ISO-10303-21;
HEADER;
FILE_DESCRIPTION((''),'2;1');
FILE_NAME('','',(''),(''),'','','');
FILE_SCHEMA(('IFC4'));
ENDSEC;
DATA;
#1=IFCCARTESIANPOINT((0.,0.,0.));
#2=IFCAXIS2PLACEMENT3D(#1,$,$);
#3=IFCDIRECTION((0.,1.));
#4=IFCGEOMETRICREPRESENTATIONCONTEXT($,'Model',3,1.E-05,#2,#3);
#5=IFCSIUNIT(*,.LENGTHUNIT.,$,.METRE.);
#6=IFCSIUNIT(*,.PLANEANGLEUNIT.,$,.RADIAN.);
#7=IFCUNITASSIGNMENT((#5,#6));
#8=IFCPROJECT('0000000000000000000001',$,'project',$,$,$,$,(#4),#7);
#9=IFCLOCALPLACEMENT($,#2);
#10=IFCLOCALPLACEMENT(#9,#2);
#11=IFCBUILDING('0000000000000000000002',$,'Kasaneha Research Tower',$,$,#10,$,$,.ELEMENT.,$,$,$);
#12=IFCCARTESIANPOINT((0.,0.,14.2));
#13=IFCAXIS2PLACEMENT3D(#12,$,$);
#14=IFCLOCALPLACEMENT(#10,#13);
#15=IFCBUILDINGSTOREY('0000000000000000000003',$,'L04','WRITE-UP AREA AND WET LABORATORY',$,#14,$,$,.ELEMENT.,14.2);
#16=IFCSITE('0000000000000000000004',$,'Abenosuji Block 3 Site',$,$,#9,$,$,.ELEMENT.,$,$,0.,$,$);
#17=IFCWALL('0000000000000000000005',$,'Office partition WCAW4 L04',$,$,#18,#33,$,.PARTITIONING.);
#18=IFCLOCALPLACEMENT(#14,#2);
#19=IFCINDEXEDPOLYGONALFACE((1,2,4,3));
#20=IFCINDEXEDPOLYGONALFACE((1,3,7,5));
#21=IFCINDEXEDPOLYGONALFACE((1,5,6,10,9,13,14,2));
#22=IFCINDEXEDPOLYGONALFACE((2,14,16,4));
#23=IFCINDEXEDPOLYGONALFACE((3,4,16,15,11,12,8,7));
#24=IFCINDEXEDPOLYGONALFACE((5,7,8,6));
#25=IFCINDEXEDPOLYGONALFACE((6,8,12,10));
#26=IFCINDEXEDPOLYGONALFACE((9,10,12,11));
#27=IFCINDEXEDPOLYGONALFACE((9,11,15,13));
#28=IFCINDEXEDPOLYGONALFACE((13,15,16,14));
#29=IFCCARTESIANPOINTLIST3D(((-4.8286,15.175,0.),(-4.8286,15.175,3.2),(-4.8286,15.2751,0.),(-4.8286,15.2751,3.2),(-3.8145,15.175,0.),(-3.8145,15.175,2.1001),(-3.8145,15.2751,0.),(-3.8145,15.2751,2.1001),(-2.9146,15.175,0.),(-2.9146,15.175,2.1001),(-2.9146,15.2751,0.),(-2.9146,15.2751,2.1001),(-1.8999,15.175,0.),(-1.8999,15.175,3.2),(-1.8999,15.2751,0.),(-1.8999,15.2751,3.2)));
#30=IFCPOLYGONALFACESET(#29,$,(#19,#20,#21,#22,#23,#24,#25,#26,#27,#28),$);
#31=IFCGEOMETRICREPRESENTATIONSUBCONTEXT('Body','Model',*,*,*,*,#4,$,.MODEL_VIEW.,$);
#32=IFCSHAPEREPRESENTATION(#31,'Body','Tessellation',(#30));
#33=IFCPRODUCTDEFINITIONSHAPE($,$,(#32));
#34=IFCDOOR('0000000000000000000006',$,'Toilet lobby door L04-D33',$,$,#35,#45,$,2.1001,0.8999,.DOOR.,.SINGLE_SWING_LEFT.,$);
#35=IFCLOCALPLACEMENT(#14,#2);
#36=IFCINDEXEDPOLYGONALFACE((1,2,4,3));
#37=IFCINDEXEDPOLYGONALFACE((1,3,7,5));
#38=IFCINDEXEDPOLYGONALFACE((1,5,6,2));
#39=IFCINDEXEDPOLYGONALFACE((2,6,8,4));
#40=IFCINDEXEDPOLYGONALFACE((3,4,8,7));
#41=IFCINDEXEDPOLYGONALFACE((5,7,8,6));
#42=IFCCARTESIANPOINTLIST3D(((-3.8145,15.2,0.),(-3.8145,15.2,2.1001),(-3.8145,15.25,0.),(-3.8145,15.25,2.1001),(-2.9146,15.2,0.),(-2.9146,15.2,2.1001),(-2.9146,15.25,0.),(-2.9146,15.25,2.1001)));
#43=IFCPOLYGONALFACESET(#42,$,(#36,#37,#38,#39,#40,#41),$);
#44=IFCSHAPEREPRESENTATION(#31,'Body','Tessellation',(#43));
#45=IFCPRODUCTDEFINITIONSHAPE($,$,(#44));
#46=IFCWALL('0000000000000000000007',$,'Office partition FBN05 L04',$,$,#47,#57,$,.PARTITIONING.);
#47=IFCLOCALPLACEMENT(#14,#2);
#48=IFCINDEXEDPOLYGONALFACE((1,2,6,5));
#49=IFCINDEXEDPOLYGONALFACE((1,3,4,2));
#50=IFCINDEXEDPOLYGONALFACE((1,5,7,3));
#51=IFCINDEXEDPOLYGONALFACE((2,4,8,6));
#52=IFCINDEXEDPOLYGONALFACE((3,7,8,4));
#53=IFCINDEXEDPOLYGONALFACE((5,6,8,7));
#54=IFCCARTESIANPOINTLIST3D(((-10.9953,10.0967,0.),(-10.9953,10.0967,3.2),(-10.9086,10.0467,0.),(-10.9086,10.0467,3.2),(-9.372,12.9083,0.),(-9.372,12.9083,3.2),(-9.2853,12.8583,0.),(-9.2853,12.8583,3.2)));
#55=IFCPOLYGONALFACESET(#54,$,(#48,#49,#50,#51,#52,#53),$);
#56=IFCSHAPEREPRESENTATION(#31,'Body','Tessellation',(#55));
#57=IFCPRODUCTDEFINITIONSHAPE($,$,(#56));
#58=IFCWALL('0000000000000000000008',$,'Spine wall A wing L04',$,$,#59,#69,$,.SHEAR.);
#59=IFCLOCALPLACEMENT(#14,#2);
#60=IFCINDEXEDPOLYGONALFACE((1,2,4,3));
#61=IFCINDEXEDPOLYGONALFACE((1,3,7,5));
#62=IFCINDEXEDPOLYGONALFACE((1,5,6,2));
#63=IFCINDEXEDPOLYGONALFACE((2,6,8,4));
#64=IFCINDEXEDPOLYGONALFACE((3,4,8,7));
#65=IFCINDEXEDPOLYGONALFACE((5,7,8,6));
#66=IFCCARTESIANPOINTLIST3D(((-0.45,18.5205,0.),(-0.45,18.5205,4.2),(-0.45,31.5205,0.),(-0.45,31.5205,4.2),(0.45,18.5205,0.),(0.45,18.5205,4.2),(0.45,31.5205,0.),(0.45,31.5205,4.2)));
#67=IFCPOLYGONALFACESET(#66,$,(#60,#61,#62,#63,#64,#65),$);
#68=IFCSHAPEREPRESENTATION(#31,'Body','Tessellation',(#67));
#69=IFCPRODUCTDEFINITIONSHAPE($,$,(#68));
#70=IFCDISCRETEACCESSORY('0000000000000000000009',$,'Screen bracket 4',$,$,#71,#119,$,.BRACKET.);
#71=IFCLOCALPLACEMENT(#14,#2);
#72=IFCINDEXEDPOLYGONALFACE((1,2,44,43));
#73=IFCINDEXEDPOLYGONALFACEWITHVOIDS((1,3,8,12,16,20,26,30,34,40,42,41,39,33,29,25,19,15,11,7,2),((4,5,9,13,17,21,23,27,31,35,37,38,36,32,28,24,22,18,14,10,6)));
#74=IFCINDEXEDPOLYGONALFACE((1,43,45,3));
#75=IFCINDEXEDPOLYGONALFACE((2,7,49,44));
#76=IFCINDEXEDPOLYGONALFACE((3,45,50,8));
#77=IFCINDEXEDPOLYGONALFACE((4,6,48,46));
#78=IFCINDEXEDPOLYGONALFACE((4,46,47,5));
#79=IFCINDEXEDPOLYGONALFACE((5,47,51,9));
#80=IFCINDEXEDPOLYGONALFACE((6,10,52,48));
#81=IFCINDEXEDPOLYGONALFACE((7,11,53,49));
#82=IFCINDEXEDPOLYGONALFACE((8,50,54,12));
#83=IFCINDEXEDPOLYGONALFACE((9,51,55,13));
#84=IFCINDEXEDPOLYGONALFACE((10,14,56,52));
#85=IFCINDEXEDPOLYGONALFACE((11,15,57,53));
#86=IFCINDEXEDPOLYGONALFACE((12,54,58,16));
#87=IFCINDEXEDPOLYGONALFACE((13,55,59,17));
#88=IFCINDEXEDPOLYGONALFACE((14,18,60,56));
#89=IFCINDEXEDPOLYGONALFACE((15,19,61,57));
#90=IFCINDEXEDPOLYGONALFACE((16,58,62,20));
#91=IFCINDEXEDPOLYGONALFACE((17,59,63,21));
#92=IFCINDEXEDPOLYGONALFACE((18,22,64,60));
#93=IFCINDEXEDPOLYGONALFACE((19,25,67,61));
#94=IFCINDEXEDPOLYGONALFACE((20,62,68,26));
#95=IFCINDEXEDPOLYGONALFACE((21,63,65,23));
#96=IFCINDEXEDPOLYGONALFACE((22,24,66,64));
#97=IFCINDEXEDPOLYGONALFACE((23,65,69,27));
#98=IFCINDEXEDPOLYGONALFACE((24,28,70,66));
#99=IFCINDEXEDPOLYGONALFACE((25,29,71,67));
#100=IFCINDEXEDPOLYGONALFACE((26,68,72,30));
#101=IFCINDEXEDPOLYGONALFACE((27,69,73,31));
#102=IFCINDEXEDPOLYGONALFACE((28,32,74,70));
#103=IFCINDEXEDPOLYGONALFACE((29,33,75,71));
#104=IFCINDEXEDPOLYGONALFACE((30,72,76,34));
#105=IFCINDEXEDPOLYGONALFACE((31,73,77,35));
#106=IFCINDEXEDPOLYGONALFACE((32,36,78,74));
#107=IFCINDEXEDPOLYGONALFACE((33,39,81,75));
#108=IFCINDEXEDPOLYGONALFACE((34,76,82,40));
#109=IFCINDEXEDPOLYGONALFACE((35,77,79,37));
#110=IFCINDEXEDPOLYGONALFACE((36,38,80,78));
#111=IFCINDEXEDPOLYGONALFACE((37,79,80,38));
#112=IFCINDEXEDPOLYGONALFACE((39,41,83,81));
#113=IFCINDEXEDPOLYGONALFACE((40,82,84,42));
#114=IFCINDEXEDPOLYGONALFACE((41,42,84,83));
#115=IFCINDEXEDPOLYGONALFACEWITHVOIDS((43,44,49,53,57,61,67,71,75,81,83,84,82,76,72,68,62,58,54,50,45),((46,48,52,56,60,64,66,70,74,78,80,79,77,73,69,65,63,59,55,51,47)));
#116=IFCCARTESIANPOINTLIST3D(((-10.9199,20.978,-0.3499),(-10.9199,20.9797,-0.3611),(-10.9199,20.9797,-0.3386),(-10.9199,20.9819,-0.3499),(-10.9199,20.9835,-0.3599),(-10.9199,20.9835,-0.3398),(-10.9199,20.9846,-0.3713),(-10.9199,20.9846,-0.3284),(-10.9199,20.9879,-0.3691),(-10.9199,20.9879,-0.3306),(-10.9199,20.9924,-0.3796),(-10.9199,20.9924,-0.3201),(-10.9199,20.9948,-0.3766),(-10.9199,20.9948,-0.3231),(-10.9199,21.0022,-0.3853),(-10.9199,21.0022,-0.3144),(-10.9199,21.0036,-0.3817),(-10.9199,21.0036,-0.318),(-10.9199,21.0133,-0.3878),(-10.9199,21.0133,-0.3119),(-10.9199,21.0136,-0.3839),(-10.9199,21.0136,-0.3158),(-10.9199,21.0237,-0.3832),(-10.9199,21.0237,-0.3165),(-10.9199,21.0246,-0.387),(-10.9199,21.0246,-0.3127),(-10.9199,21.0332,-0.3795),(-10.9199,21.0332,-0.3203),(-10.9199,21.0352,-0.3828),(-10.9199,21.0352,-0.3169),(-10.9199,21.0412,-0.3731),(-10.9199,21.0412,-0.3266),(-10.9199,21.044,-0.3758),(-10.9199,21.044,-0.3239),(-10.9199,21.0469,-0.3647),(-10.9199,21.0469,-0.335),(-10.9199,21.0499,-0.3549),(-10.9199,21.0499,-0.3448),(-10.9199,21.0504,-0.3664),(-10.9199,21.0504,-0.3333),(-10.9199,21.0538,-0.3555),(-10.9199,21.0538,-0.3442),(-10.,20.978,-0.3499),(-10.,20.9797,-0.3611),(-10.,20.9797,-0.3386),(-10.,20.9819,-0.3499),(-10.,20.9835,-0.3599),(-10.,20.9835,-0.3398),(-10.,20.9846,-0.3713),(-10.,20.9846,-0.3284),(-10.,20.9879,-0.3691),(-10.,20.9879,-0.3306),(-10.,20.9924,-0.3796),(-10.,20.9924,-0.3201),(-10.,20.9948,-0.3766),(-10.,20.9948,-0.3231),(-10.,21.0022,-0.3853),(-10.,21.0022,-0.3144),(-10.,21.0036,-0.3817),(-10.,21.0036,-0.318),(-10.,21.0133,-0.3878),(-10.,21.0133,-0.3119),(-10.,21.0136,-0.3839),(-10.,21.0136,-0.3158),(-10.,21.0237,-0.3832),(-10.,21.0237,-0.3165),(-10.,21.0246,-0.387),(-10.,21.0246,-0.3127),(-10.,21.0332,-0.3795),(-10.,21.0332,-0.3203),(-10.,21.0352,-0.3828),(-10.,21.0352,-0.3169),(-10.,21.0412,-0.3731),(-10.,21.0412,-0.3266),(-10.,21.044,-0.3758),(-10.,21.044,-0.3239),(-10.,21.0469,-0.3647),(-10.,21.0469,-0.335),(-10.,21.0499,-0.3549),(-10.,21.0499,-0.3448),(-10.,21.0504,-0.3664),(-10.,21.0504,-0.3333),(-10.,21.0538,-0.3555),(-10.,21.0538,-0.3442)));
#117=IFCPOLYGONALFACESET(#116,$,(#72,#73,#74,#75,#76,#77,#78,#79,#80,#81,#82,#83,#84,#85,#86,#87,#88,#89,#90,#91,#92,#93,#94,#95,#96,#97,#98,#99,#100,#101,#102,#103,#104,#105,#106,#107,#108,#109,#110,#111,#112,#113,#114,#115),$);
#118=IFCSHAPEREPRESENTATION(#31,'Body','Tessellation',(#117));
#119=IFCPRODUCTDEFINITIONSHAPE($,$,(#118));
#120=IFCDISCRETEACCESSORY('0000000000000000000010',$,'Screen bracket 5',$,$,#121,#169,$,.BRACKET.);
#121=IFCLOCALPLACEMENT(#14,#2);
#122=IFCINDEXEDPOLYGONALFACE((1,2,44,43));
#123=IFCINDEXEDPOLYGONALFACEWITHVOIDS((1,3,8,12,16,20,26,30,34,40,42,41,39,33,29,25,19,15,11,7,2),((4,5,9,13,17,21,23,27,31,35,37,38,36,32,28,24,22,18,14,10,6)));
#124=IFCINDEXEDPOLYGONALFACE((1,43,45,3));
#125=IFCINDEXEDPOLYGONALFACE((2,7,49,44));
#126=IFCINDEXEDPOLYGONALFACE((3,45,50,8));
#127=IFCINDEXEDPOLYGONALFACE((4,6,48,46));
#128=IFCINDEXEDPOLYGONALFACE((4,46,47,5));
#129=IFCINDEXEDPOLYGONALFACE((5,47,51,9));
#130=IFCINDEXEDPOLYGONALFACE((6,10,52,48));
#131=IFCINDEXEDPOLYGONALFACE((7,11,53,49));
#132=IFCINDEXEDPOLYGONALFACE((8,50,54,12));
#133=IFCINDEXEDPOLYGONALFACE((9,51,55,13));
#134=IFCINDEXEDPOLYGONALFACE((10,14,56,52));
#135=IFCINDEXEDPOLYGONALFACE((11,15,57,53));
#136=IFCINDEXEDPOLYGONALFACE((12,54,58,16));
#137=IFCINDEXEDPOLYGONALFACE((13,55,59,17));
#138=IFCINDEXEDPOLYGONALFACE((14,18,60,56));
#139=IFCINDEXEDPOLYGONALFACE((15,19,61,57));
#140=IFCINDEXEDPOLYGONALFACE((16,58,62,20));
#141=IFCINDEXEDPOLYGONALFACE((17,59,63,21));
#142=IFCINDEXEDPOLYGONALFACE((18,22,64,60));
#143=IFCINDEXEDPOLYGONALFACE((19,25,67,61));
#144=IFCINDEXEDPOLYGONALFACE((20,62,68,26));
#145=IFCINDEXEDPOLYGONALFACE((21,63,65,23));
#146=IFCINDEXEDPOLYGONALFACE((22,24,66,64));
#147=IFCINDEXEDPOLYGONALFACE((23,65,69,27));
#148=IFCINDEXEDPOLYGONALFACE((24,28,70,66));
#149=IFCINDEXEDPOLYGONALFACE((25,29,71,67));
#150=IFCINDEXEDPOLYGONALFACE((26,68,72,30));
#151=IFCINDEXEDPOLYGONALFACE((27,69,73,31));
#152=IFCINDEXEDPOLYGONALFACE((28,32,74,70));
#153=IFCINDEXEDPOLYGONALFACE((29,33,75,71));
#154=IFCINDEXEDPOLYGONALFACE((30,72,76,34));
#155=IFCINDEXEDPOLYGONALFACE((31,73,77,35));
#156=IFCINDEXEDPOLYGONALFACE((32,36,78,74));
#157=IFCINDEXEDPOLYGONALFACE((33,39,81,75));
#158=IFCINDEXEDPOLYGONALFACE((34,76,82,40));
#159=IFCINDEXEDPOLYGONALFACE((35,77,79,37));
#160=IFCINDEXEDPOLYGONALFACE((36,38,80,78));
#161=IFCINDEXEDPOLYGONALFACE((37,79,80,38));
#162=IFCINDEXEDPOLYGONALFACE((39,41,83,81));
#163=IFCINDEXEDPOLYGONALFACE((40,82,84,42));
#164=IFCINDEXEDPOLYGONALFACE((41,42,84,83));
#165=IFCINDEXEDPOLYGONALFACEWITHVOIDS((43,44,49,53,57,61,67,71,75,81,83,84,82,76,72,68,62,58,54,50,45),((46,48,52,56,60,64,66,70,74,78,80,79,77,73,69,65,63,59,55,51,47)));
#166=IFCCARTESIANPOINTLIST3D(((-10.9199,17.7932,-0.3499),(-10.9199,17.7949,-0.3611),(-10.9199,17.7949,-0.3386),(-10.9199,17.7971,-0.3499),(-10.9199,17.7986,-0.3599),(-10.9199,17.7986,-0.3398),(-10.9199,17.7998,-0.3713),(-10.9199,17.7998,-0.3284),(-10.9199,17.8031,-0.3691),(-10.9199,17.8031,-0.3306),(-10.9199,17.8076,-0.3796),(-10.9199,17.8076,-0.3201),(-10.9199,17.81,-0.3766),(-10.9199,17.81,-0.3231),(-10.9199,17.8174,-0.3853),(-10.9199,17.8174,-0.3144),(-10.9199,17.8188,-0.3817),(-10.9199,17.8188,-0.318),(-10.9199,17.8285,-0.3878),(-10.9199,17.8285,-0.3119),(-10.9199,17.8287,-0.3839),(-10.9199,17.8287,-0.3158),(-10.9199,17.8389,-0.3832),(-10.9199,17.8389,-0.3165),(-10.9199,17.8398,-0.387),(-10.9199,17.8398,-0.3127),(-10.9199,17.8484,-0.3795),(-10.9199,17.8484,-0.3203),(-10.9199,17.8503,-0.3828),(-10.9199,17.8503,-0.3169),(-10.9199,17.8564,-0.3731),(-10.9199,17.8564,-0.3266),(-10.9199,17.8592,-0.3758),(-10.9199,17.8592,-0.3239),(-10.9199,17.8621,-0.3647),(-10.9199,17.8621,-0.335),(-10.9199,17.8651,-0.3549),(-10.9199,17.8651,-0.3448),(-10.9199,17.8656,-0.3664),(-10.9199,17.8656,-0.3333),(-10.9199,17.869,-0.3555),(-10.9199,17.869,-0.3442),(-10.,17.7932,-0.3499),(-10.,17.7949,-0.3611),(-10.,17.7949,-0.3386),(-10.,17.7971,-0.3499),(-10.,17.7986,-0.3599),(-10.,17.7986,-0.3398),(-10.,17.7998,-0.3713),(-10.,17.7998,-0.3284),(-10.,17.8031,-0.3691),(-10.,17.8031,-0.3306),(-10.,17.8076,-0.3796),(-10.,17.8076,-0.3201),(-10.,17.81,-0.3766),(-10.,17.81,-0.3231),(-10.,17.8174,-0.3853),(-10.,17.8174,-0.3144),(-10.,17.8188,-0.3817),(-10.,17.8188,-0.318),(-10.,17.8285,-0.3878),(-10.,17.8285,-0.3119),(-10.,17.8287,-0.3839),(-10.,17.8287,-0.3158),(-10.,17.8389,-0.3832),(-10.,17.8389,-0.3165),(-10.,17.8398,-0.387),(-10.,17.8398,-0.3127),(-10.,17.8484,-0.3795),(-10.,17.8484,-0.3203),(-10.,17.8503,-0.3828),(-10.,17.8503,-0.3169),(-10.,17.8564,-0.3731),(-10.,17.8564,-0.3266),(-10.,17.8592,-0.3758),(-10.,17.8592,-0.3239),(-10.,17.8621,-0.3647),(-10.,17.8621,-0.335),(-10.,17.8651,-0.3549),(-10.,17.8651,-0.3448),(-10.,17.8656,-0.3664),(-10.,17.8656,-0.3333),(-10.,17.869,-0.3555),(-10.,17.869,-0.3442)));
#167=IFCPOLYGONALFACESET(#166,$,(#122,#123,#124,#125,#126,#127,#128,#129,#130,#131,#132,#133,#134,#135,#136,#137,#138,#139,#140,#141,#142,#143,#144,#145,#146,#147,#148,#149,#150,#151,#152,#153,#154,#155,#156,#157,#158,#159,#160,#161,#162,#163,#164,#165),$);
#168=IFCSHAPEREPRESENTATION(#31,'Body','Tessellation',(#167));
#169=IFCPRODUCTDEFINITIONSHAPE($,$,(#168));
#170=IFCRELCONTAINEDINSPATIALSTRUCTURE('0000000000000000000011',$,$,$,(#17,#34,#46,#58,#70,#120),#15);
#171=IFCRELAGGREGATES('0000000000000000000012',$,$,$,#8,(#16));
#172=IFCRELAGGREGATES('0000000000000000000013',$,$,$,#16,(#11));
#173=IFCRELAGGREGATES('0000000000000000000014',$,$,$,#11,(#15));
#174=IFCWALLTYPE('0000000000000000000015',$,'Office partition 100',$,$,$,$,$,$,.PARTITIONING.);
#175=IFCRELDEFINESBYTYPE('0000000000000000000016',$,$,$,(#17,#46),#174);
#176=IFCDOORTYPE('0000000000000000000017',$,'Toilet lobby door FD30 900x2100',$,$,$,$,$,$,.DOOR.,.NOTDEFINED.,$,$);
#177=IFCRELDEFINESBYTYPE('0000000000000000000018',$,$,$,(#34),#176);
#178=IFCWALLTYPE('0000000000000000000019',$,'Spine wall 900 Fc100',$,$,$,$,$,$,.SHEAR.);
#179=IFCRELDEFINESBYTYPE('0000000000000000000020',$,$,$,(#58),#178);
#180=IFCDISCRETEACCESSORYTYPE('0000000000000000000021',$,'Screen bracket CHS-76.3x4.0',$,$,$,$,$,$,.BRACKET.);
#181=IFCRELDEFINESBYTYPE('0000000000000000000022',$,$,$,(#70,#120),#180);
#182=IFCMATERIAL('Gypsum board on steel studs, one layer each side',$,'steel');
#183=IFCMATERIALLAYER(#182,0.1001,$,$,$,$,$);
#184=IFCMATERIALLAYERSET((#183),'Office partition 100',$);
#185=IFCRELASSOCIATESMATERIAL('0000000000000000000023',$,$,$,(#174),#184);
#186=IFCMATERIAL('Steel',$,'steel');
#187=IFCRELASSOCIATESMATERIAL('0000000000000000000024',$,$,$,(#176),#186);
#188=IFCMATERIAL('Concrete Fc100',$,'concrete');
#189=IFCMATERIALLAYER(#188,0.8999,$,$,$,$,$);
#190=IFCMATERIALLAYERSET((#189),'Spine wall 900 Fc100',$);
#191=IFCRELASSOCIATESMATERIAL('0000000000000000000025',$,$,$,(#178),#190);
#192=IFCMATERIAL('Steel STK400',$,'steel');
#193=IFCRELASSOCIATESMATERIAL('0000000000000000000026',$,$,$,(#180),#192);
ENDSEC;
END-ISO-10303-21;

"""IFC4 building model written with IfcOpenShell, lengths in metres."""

from ifc_helpers import new_model, si_unit, direction, frame, frame_2d, origin, origin_2d, place, context, subcontext, project, spatial, rectangle, hollow_circle, extrude, material, layer, layer_set, material_profile, profile_set, type_object, element, fill, save


model = new_model("IFC4")

# Units and contexts
model_context = context("Model", 3, precision=1e-05, world=origin(), true_north=direction((0.0, 1.0)))
body_context = subcontext(model_context, "Body", "Model", "MODEL_VIEW")
ifc_project = project(units=[si_unit("LENGTHUNIT", "METRE"), si_unit("PLANEANGLEUNIT", "RADIAN")], contexts=[model_context])

# Site, building, storey
site_placement = place(None, origin())
site = spatial("IfcSite", under=ifc_project, at=site_placement, Name="Abenosuji Block 3 Site", CompositionType="ELEMENT", RefElevation=0.0)
building_placement = place(site_placement, origin())
building = spatial("IfcBuilding", under=site, at=building_placement, Name="Kasaneha Research Tower", CompositionType="ELEMENT")
storey_placement = place(building_placement, frame((0.0, 0.0, 14.2)))
storey = spatial("IfcBuildingStorey", under=building, at=storey_placement, Name="L04", Description="WRITE-UP AREA AND WET LABORATORY", CompositionType="ELEMENT", Elevation=14.2)

# Wall, opening, door
ifc_material_1 = material(Name="Gypsum board on steel studs, one layer each side", Category="steel")
ifc_layer_1 = layer(ifc_material_1, 0.1001)
ifc_layer_set_1 = layer_set([ifc_layer_1], Name="Office partition 100")
wall_type_1 = type_object("IfcWallType", Name="Office partition 100", PredefinedType="PARTITIONING", material=ifc_layer_set_1)
ifc_material_2 = material(Name="Steel", Category="steel")
door_type_1 = type_object("IfcDoorType", Name="Toilet lobby door FD30 900x2100", OperationType="NOTDEFINED", PredefinedType="DOOR", material=ifc_material_2)
wall_1_placement = place(storey_placement, frame((-4.8286, 15.2251, 0.0), z_axis=(0.0, 0.0, 1.0), x_axis=(1.0, 0.0, 0.0)))
wall_1 = element("IfcWall", 1, at=wall_1_placement, inside=storey, type_object=wall_type_1, Name="Office partition WCAW4 L04", PredefinedType="PARTITIONING", context=body_context, shape_type="SweptSolid", body=[
    extrude(rectangle(XDim=2.9287, YDim=0.1001, at=frame_2d((1.4644, 0.0))), origin(), (0.0, 0.0, 1.0), 3.2),
])
opening_1_placement = place(wall_1_placement, frame((1.0142, 0.0, 0.0)))
opening_1 = element("IfcOpeningElement", 2, at=opening_1_placement, cuts=wall_1, PredefinedType="OPENING", context=body_context, shape_type="SweptSolid", body=[
    extrude(rectangle(XDim=0.8999, YDim=2.1001, at=frame_2d((0.45, 1.05))), frame((0.0, 0.0601, 0.0), z_axis=(0.0, -1.0, 0.0), x_axis=(1.0, 0.0, 0.0)), (0.0, 0.0, 1.0), 0.1201),
])
door_1_placement = place(opening_1_placement, origin())
door_1 = element("IfcDoor", 3, at=door_1_placement, inside=storey, type_object=door_type_1, Name="Toilet lobby door L04-D33", OperationType="SINGLE_SWING_LEFT", OverallHeight=2.1001, OverallWidth=0.8999, PredefinedType="DOOR", context=body_context, shape_type="SweptSolid", body=[
    extrude(rectangle(XDim=0.8999, YDim=2.1001, at=frame_2d((0.45, 1.05))), frame((0.0, 0.0249, 0.0), z_axis=(0.0, -1.0, 0.0), x_axis=(1.0, 0.0, 0.0)), (0.0, 0.0, 1.0), 0.05),
])
fill(opening_1, door_1)

# Walls
wall_2_placement = place(storey_placement, frame((-9.3286, 12.8833, 0.0), z_axis=(0.0, 0.0, 1.0), x_axis=(-0.500013, -0.866018, 0.0)))
element("IfcWall", 4, at=wall_2_placement, inside=storey, type_object=wall_type_1, Name="Office partition FBN05 L04", PredefinedType="PARTITIONING", context=body_context, shape_type="SweptSolid", body=[
    extrude(rectangle(XDim=3.2466, YDim=0.1001, at=frame_2d((1.6233, 0.0))), origin(), (0.0, 0.0, 1.0), 3.2),
])
ifc_material_3 = material(Name="Concrete Fc100", Category="concrete")
ifc_layer_2 = layer(ifc_material_3, 0.8999)
ifc_layer_set_2 = layer_set([ifc_layer_2], Name="Spine wall 900 Fc100")
wall_type_2 = type_object("IfcWallType", Name="Spine wall 900 Fc100", PredefinedType="SHEAR", material=ifc_layer_set_2)
wall_3_placement = place(storey_placement, frame((0.0, 18.5205, 0.0), z_axis=(0.0, 0.0, 1.0), x_axis=(0.0, 1.0, 0.0)))
element("IfcWall", 5, at=wall_3_placement, inside=storey, type_object=wall_type_2, Name="Spine wall A wing L04", PredefinedType="SHEAR", context=body_context, shape_type="SweptSolid", body=[
    extrude(rectangle(XDim=13.0, YDim=0.8999, at=frame_2d((6.5, 0.0))), origin(), (0.0, 0.0, 1.0), 4.2),
])

# Discrete accessories
ifc_material_4 = material(Name="Steel STK400", Category="steel")
ifc_material_profile_1 = material_profile(ifc_material_4, hollow_circle(Radius=0.0381, WallThickness=0.0039, at=origin_2d()), Name="CHS-76.3x4.0")
ifc_profile_set_1 = profile_set([ifc_material_profile_1], Name="Steel STK400")
discrete_accessory_type = type_object("IfcDiscreteAccessoryType", Name="Screen bracket CHS-76.3x4.0", PredefinedType="BRACKET", material=ifc_profile_set_1)
for number, where, z_axis, x_axis, name in (
    (6, (-10.0, 21.0161, -0.3499), (-1.0, 0.0, 0.0), (0.0, -1.0, 0.0), "Screen bracket 4"),
    (7, (-10.0, 17.8313, -0.3499), (-1.0, 0.0, 0.0), (0.0, -1.0, 0.0), "Screen bracket 5"),
):
    element("IfcDiscreteAccessory", number, at=place(storey_placement, frame(where, z_axis=z_axis, x_axis=x_axis)), inside=storey, type_object=discrete_accessory_type, Name=name, PredefinedType="BRACKET", context=body_context, shape_type="SweptSolid", body=[
        extrude(hollow_circle(Radius=0.0381, WallThickness=0.0039, at=origin_2d()), origin(), (0.0, 0.0, 1.0), 0.9199),
    ])

save(model, "model.ifc")
